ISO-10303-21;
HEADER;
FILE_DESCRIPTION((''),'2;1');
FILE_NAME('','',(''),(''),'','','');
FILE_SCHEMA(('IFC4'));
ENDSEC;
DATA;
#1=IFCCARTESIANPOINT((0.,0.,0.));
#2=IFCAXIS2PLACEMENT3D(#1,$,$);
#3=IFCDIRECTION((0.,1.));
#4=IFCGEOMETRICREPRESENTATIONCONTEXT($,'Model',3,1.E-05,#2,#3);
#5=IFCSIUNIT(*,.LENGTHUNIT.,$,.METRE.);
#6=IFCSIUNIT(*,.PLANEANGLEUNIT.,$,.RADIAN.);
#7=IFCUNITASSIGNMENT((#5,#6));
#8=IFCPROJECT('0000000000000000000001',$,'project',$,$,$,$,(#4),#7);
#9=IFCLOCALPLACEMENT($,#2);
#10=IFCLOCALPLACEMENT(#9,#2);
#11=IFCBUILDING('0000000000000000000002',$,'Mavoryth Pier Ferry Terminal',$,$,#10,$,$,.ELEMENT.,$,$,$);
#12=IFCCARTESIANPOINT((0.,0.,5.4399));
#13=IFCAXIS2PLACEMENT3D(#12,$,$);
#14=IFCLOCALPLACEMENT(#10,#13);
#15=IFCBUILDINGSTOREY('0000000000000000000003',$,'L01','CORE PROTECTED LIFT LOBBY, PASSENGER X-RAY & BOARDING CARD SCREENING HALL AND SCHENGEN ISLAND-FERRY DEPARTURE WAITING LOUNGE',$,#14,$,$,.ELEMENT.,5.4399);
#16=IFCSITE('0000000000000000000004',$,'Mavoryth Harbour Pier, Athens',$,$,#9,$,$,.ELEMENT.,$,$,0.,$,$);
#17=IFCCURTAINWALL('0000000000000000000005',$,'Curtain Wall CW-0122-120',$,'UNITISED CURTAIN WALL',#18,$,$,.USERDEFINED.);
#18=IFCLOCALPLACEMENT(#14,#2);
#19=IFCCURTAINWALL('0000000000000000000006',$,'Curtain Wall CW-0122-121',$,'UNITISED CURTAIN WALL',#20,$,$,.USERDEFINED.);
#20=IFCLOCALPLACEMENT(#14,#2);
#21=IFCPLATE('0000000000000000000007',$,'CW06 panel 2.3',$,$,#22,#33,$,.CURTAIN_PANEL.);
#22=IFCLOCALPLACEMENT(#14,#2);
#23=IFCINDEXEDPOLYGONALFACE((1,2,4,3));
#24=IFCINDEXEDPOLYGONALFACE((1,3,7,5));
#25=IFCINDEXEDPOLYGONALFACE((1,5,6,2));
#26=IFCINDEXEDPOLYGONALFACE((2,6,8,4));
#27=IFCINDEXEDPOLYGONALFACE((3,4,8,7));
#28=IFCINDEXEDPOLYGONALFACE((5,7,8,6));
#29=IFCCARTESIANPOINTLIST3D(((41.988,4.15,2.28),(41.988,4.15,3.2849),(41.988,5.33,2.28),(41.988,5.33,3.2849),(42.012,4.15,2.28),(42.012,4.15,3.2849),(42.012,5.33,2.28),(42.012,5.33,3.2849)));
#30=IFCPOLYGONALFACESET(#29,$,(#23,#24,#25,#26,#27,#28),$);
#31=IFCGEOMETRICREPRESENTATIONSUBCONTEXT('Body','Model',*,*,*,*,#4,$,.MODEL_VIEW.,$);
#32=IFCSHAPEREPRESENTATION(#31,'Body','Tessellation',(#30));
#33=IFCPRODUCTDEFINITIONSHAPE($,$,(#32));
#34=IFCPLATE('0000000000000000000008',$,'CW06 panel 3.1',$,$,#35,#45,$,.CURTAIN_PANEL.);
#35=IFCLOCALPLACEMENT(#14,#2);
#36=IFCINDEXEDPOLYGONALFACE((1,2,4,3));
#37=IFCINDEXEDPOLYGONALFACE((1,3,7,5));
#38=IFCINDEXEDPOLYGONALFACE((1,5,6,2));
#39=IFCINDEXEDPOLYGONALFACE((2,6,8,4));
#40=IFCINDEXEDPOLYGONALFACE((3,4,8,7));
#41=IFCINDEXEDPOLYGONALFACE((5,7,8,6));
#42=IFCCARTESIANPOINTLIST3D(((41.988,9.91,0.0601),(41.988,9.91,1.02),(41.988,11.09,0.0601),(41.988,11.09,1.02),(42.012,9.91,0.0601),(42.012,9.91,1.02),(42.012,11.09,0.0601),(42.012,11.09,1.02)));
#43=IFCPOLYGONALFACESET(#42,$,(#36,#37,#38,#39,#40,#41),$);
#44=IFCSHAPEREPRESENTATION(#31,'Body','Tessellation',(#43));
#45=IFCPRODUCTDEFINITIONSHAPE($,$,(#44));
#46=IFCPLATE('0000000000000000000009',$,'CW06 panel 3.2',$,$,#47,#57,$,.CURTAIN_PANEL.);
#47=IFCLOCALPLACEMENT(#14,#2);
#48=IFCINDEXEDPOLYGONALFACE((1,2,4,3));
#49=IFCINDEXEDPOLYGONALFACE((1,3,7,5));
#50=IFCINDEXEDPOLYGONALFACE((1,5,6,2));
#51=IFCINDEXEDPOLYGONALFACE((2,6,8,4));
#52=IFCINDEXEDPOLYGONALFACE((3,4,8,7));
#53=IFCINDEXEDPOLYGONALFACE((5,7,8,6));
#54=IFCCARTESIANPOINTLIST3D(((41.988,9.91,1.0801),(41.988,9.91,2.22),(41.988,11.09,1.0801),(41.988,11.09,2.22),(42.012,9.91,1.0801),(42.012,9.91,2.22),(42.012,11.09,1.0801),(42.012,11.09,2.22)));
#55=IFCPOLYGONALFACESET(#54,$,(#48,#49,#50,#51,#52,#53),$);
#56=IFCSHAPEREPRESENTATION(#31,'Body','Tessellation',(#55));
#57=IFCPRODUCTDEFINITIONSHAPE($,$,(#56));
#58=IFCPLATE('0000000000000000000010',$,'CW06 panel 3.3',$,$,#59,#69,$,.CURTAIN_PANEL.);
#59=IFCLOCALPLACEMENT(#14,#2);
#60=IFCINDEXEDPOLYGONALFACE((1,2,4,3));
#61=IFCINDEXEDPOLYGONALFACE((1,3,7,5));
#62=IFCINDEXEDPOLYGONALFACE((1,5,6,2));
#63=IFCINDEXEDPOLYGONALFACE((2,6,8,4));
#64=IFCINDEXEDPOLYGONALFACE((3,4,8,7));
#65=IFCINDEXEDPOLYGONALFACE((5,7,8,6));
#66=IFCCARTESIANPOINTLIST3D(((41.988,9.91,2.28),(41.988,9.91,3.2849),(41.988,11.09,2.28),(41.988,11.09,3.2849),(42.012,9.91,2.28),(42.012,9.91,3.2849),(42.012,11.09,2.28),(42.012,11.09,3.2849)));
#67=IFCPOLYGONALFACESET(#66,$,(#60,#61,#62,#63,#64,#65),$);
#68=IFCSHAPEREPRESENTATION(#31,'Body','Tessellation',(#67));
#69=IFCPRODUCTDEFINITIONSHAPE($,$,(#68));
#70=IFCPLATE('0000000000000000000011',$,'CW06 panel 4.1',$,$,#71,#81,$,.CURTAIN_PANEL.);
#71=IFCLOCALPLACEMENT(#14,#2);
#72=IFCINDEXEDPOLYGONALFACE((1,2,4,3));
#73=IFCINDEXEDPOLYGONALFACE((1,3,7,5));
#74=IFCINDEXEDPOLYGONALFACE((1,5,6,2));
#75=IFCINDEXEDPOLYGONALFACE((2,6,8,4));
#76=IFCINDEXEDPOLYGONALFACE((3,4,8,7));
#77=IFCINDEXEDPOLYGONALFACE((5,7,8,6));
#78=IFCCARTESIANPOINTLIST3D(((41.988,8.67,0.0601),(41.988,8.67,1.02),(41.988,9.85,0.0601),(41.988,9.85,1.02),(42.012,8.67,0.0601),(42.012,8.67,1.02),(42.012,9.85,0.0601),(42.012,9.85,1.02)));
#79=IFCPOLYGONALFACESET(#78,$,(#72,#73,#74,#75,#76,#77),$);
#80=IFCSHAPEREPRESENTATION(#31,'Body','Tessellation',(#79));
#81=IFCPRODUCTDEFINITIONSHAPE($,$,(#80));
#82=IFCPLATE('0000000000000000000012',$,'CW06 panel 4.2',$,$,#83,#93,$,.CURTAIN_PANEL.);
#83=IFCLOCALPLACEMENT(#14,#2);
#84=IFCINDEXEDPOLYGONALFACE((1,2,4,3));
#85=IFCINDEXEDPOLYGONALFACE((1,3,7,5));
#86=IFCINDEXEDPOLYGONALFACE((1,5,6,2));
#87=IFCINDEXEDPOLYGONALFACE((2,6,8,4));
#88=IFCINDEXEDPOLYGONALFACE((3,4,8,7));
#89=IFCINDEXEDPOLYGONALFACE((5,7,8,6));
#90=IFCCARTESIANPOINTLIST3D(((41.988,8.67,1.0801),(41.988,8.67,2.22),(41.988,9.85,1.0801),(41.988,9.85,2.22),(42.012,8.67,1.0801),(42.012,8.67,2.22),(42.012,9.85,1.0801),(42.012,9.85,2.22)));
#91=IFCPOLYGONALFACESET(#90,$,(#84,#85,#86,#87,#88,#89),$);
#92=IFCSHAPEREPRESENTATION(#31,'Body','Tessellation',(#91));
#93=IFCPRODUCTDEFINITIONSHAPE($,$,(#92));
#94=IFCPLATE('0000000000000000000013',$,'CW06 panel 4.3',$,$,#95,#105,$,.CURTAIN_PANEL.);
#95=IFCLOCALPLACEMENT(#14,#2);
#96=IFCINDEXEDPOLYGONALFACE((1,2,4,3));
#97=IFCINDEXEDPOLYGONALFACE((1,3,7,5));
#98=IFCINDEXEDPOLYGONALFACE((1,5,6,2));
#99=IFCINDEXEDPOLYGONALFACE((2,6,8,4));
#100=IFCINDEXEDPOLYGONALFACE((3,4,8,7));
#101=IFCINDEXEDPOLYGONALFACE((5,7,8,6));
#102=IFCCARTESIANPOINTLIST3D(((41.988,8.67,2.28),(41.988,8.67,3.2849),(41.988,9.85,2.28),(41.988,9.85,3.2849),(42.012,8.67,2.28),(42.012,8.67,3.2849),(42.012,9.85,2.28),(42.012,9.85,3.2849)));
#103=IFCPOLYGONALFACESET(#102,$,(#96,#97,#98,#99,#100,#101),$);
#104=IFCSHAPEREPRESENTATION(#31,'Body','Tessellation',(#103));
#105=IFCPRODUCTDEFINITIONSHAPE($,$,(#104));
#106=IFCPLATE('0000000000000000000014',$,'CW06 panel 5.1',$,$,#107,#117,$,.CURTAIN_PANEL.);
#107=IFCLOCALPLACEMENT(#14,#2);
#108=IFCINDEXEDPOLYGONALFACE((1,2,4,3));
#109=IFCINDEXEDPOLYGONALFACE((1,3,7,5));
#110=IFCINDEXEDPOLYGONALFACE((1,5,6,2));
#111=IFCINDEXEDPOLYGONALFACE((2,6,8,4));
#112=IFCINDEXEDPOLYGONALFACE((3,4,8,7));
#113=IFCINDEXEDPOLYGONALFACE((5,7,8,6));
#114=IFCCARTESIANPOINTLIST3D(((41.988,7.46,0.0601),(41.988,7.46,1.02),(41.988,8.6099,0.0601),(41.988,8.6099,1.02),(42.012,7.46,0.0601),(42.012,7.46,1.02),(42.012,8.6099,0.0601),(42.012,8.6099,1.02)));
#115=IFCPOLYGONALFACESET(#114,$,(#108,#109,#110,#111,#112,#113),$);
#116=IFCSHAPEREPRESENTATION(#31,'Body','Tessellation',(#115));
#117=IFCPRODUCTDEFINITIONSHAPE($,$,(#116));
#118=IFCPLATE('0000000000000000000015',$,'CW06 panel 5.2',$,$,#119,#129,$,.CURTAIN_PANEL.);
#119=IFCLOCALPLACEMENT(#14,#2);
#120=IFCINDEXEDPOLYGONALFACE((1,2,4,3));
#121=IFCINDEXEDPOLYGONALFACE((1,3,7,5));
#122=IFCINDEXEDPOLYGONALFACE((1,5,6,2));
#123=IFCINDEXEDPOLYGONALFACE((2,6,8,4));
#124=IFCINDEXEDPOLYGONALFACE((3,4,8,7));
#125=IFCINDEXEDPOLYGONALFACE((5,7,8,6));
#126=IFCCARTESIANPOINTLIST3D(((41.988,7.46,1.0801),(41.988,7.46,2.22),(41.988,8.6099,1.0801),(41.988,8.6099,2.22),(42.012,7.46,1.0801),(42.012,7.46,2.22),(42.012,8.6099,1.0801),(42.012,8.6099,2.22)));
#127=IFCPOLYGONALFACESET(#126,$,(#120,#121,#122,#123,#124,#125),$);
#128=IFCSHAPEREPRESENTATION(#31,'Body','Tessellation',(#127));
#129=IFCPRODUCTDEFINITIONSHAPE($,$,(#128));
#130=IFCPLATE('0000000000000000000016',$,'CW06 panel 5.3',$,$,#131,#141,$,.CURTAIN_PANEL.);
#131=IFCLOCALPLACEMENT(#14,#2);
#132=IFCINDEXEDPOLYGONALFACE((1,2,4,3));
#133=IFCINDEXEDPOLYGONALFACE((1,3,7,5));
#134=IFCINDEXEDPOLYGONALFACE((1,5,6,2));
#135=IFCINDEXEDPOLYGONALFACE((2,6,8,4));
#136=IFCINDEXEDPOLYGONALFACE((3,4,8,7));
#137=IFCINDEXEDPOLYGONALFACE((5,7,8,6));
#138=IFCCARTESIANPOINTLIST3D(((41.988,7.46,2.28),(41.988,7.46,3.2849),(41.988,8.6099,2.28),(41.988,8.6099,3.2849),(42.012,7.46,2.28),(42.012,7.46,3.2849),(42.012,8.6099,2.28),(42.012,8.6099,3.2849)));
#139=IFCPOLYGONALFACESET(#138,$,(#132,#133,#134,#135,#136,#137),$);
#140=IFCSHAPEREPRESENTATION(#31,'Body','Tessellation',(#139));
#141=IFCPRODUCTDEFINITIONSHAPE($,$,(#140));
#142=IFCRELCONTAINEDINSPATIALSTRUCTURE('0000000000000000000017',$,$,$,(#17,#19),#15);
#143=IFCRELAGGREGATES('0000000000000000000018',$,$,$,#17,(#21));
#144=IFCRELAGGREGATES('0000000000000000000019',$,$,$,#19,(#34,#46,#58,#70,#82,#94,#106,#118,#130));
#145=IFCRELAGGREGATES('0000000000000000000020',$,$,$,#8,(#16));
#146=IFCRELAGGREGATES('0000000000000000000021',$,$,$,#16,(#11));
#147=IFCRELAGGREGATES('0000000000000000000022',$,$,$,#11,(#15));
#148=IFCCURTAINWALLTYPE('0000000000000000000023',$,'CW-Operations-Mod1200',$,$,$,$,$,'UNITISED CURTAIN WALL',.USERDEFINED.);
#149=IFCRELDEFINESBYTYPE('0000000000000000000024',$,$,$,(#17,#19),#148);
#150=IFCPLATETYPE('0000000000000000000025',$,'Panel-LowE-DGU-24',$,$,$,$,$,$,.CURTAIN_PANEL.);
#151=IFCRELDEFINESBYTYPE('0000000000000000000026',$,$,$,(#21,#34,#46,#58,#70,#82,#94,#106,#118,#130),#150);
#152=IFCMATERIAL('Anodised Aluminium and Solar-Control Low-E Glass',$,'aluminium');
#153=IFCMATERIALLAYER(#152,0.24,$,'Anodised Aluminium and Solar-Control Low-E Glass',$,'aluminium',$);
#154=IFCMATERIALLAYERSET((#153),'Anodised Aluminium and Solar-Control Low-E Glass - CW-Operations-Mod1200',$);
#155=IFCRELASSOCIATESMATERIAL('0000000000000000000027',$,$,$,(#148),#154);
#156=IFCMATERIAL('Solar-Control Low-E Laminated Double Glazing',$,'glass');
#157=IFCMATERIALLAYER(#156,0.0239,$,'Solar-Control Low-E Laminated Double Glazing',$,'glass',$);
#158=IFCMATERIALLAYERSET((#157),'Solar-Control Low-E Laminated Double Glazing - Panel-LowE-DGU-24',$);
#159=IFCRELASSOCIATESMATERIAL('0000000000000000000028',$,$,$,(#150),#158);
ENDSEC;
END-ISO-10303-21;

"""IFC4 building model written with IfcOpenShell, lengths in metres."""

from ifc_helpers import new_model, si_unit, direction, frame, origin, origin_2d, place, context, subcontext, project, spatial, rectangle, extrude, material, layer, layer_set, type_object, element, aggregate, save


model = new_model("IFC4")

# Units and contexts
model_context = context("Model", 3, precision=1e-05, world=origin(), true_north=direction((0.0, 1.0)))
body_context = subcontext(model_context, "Body", "Model", "MODEL_VIEW")
ifc_project = project(units=[si_unit("LENGTHUNIT", "METRE"), si_unit("PLANEANGLEUNIT", "RADIAN")], contexts=[model_context])

# Site, building, storey
site_placement = place(None, origin())
site = spatial("IfcSite", under=ifc_project, at=site_placement, Name="Mavoryth Harbour Pier, Athens", CompositionType="ELEMENT", RefElevation=0.0)
building_placement = place(site_placement, origin())
building = spatial("IfcBuilding", under=site, at=building_placement, Name="Mavoryth Pier Ferry Terminal", CompositionType="ELEMENT")
storey_placement = place(building_placement, frame((0.0, 0.0, 5.4399)))
storey = spatial("IfcBuildingStorey", under=building, at=storey_placement, Name="L01", Description="CORE PROTECTED LIFT LOBBY, PASSENGER X-RAY & BOARDING CARD SCREENING HALL AND SCHENGEN ISLAND-FERRY DEPARTURE WAITING LOUNGE", CompositionType="ELEMENT", Elevation=5.4399)

# Curtain walls
ifc_material_1 = material(Name="Anodised Aluminium and Solar-Control Low-E Glass", Category="aluminium")
ifc_layer_1 = layer(ifc_material_1, 0.24, Name="Anodised Aluminium and Solar-Control Low-E Glass", Category="aluminium")
ifc_layer_set_1 = layer_set([ifc_layer_1], Name="Anodised Aluminium and Solar-Control Low-E Glass - CW-Operations-Mod1200")
curtain_wall_type = type_object("IfcCurtainWallType", Name="CW-Operations-Mod1200", ElementType="UNITISED CURTAIN WALL", PredefinedType="USERDEFINED", material=ifc_layer_set_1)
curtain_wall_1_placement = place(storey_placement, origin())
curtain_wall_1 = element("IfcCurtainWall", 1, at=curtain_wall_1_placement, inside=storey, type_object=curtain_wall_type, Name="Curtain Wall CW-0122-120", ObjectType="UNITISED CURTAIN WALL", PredefinedType="USERDEFINED")
curtain_wall_2_placement = place(storey_placement, origin())
curtain_wall_2 = element("IfcCurtainWall", 2, at=curtain_wall_2_placement, inside=storey, type_object=curtain_wall_type, Name="Curtain Wall CW-0122-121", ObjectType="UNITISED CURTAIN WALL", PredefinedType="USERDEFINED")

# Plates
ifc_material_2 = material(Name="Solar-Control Low-E Laminated Double Glazing", Category="glass")
ifc_layer_2 = layer(ifc_material_2, 0.0239, Name="Solar-Control Low-E Laminated Double Glazing", Category="glass")
ifc_layer_set_2 = layer_set([ifc_layer_2], Name="Solar-Control Low-E Laminated Double Glazing - Panel-LowE-DGU-24")
plate_type = type_object("IfcPlateType", Name="Panel-LowE-DGU-24", PredefinedType="CURTAIN_PANEL", material=ifc_layer_set_2)
plate_1_placement = place(storey_placement, frame((42.0, 4.74, 2.28), z_axis=(0.0, 0.0, 1.0), x_axis=(0.0, -1.0, 0.0)))
plate_1 = element("IfcPlate", 3, at=plate_1_placement, type_object=plate_type, Name="CW06 panel 2.3", PredefinedType="CURTAIN_PANEL", context=body_context, shape_type="SweptSolid", body=[
    extrude(rectangle(XDim=1.1799, YDim=0.0239, at=origin_2d()), origin(), (0.0, 0.0, 1.0), 1.0049),
])
aggregate(curtain_wall_1, [plate_1])
plate_2_placement = place(storey_placement, frame((42.0, 10.5, 0.0601), z_axis=(0.0, 0.0, 1.0), x_axis=(0.0, -1.0, 0.0)))
plate_2 = element("IfcPlate", 4, at=plate_2_placement, type_object=plate_type, Name="CW06 panel 3.1", PredefinedType="CURTAIN_PANEL", context=body_context, shape_type="SweptSolid", body=[
    extrude(rectangle(XDim=1.1799, YDim=0.0239, at=origin_2d()), origin(), (0.0, 0.0, 1.0), 0.96),
])
plate_3_placement = place(storey_placement, frame((42.0, 10.5, 1.0801), z_axis=(0.0, 0.0, 1.0), x_axis=(0.0, -1.0, 0.0)))
plate_3 = element("IfcPlate", 5, at=plate_3_placement, type_object=plate_type, Name="CW06 panel 3.2", PredefinedType="CURTAIN_PANEL", context=body_context, shape_type="SweptSolid", body=[
    extrude(rectangle(XDim=1.1799, YDim=0.0239, at=origin_2d()), origin(), (0.0, 0.0, 1.0), 1.1399),
])
plate_4_placement = place(storey_placement, frame((42.0, 10.5, 2.28), z_axis=(0.0, 0.0, 1.0), x_axis=(0.0, -1.0, 0.0)))
plate_4 = element("IfcPlate", 6, at=plate_4_placement, type_object=plate_type, Name="CW06 panel 3.3", PredefinedType="CURTAIN_PANEL", context=body_context, shape_type="SweptSolid", body=[
    extrude(rectangle(XDim=1.1799, YDim=0.0239, at=origin_2d()), origin(), (0.0, 0.0, 1.0), 1.0049),
])
plate_5_placement = place(storey_placement, frame((42.0, 9.26, 0.0601), z_axis=(0.0, 0.0, 1.0), x_axis=(0.0, -1.0, 0.0)))
plate_5 = element("IfcPlate", 7, at=plate_5_placement, type_object=plate_type, Name="CW06 panel 4.1", PredefinedType="CURTAIN_PANEL", context=body_context, shape_type="SweptSolid", body=[
    extrude(rectangle(XDim=1.1799, YDim=0.0239, at=origin_2d()), origin(), (0.0, 0.0, 1.0), 0.96),
])
plate_6_placement = place(storey_placement, frame((42.0, 9.26, 1.0801), z_axis=(0.0, 0.0, 1.0), x_axis=(0.0, -1.0, 0.0)))
plate_6 = element("IfcPlate", 8, at=plate_6_placement, type_object=plate_type, Name="CW06 panel 4.2", PredefinedType="CURTAIN_PANEL", context=body_context, shape_type="SweptSolid", body=[
    extrude(rectangle(XDim=1.1799, YDim=0.0239, at=origin_2d()), origin(), (0.0, 0.0, 1.0), 1.1399),
])
plate_7_placement = place(storey_placement, frame((42.0, 9.26, 2.28), z_axis=(0.0, 0.0, 1.0), x_axis=(0.0, -1.0, 0.0)))
plate_7 = element("IfcPlate", 9, at=plate_7_placement, type_object=plate_type, Name="CW06 panel 4.3", PredefinedType="CURTAIN_PANEL", context=body_context, shape_type="SweptSolid", body=[
    extrude(rectangle(XDim=1.1799, YDim=0.0239, at=origin_2d()), origin(), (0.0, 0.0, 1.0), 1.0049),
])
plate_8_placement = place(storey_placement, frame((42.0, 8.0349, 0.0601), z_axis=(0.0, 0.0, 1.0), x_axis=(0.0, -1.0, 0.0)))
plate_8 = element("IfcPlate", 10, at=plate_8_placement, type_object=plate_type, Name="CW06 panel 5.1", PredefinedType="CURTAIN_PANEL", context=body_context, shape_type="SweptSolid", body=[
    extrude(rectangle(XDim=1.1499, YDim=0.0239, at=origin_2d()), origin(), (0.0, 0.0, 1.0), 0.96),
])
plate_9_placement = place(storey_placement, frame((42.0, 8.0349, 1.0801), z_axis=(0.0, 0.0, 1.0), x_axis=(0.0, -1.0, 0.0)))
plate_9 = element("IfcPlate", 11, at=plate_9_placement, type_object=plate_type, Name="CW06 panel 5.2", PredefinedType="CURTAIN_PANEL", context=body_context, shape_type="SweptSolid", body=[
    extrude(rectangle(XDim=1.1499, YDim=0.0239, at=origin_2d()), origin(), (0.0, 0.0, 1.0), 1.1399),
])
plate_10_placement = place(storey_placement, frame((42.0, 8.0349, 2.28), z_axis=(0.0, 0.0, 1.0), x_axis=(0.0, -1.0, 0.0)))
plate_10 = element("IfcPlate", 12, at=plate_10_placement, type_object=plate_type, Name="CW06 panel 5.3", PredefinedType="CURTAIN_PANEL", context=body_context, shape_type="SweptSolid", body=[
    extrude(rectangle(XDim=1.1499, YDim=0.0239, at=origin_2d()), origin(), (0.0, 0.0, 1.0), 1.0049),
])
aggregate(curtain_wall_2, [plate_2, plate_3, plate_4, plate_5, plate_6, plate_7, plate_8, plate_9, plate_10])

save(model, "model.ifc")
